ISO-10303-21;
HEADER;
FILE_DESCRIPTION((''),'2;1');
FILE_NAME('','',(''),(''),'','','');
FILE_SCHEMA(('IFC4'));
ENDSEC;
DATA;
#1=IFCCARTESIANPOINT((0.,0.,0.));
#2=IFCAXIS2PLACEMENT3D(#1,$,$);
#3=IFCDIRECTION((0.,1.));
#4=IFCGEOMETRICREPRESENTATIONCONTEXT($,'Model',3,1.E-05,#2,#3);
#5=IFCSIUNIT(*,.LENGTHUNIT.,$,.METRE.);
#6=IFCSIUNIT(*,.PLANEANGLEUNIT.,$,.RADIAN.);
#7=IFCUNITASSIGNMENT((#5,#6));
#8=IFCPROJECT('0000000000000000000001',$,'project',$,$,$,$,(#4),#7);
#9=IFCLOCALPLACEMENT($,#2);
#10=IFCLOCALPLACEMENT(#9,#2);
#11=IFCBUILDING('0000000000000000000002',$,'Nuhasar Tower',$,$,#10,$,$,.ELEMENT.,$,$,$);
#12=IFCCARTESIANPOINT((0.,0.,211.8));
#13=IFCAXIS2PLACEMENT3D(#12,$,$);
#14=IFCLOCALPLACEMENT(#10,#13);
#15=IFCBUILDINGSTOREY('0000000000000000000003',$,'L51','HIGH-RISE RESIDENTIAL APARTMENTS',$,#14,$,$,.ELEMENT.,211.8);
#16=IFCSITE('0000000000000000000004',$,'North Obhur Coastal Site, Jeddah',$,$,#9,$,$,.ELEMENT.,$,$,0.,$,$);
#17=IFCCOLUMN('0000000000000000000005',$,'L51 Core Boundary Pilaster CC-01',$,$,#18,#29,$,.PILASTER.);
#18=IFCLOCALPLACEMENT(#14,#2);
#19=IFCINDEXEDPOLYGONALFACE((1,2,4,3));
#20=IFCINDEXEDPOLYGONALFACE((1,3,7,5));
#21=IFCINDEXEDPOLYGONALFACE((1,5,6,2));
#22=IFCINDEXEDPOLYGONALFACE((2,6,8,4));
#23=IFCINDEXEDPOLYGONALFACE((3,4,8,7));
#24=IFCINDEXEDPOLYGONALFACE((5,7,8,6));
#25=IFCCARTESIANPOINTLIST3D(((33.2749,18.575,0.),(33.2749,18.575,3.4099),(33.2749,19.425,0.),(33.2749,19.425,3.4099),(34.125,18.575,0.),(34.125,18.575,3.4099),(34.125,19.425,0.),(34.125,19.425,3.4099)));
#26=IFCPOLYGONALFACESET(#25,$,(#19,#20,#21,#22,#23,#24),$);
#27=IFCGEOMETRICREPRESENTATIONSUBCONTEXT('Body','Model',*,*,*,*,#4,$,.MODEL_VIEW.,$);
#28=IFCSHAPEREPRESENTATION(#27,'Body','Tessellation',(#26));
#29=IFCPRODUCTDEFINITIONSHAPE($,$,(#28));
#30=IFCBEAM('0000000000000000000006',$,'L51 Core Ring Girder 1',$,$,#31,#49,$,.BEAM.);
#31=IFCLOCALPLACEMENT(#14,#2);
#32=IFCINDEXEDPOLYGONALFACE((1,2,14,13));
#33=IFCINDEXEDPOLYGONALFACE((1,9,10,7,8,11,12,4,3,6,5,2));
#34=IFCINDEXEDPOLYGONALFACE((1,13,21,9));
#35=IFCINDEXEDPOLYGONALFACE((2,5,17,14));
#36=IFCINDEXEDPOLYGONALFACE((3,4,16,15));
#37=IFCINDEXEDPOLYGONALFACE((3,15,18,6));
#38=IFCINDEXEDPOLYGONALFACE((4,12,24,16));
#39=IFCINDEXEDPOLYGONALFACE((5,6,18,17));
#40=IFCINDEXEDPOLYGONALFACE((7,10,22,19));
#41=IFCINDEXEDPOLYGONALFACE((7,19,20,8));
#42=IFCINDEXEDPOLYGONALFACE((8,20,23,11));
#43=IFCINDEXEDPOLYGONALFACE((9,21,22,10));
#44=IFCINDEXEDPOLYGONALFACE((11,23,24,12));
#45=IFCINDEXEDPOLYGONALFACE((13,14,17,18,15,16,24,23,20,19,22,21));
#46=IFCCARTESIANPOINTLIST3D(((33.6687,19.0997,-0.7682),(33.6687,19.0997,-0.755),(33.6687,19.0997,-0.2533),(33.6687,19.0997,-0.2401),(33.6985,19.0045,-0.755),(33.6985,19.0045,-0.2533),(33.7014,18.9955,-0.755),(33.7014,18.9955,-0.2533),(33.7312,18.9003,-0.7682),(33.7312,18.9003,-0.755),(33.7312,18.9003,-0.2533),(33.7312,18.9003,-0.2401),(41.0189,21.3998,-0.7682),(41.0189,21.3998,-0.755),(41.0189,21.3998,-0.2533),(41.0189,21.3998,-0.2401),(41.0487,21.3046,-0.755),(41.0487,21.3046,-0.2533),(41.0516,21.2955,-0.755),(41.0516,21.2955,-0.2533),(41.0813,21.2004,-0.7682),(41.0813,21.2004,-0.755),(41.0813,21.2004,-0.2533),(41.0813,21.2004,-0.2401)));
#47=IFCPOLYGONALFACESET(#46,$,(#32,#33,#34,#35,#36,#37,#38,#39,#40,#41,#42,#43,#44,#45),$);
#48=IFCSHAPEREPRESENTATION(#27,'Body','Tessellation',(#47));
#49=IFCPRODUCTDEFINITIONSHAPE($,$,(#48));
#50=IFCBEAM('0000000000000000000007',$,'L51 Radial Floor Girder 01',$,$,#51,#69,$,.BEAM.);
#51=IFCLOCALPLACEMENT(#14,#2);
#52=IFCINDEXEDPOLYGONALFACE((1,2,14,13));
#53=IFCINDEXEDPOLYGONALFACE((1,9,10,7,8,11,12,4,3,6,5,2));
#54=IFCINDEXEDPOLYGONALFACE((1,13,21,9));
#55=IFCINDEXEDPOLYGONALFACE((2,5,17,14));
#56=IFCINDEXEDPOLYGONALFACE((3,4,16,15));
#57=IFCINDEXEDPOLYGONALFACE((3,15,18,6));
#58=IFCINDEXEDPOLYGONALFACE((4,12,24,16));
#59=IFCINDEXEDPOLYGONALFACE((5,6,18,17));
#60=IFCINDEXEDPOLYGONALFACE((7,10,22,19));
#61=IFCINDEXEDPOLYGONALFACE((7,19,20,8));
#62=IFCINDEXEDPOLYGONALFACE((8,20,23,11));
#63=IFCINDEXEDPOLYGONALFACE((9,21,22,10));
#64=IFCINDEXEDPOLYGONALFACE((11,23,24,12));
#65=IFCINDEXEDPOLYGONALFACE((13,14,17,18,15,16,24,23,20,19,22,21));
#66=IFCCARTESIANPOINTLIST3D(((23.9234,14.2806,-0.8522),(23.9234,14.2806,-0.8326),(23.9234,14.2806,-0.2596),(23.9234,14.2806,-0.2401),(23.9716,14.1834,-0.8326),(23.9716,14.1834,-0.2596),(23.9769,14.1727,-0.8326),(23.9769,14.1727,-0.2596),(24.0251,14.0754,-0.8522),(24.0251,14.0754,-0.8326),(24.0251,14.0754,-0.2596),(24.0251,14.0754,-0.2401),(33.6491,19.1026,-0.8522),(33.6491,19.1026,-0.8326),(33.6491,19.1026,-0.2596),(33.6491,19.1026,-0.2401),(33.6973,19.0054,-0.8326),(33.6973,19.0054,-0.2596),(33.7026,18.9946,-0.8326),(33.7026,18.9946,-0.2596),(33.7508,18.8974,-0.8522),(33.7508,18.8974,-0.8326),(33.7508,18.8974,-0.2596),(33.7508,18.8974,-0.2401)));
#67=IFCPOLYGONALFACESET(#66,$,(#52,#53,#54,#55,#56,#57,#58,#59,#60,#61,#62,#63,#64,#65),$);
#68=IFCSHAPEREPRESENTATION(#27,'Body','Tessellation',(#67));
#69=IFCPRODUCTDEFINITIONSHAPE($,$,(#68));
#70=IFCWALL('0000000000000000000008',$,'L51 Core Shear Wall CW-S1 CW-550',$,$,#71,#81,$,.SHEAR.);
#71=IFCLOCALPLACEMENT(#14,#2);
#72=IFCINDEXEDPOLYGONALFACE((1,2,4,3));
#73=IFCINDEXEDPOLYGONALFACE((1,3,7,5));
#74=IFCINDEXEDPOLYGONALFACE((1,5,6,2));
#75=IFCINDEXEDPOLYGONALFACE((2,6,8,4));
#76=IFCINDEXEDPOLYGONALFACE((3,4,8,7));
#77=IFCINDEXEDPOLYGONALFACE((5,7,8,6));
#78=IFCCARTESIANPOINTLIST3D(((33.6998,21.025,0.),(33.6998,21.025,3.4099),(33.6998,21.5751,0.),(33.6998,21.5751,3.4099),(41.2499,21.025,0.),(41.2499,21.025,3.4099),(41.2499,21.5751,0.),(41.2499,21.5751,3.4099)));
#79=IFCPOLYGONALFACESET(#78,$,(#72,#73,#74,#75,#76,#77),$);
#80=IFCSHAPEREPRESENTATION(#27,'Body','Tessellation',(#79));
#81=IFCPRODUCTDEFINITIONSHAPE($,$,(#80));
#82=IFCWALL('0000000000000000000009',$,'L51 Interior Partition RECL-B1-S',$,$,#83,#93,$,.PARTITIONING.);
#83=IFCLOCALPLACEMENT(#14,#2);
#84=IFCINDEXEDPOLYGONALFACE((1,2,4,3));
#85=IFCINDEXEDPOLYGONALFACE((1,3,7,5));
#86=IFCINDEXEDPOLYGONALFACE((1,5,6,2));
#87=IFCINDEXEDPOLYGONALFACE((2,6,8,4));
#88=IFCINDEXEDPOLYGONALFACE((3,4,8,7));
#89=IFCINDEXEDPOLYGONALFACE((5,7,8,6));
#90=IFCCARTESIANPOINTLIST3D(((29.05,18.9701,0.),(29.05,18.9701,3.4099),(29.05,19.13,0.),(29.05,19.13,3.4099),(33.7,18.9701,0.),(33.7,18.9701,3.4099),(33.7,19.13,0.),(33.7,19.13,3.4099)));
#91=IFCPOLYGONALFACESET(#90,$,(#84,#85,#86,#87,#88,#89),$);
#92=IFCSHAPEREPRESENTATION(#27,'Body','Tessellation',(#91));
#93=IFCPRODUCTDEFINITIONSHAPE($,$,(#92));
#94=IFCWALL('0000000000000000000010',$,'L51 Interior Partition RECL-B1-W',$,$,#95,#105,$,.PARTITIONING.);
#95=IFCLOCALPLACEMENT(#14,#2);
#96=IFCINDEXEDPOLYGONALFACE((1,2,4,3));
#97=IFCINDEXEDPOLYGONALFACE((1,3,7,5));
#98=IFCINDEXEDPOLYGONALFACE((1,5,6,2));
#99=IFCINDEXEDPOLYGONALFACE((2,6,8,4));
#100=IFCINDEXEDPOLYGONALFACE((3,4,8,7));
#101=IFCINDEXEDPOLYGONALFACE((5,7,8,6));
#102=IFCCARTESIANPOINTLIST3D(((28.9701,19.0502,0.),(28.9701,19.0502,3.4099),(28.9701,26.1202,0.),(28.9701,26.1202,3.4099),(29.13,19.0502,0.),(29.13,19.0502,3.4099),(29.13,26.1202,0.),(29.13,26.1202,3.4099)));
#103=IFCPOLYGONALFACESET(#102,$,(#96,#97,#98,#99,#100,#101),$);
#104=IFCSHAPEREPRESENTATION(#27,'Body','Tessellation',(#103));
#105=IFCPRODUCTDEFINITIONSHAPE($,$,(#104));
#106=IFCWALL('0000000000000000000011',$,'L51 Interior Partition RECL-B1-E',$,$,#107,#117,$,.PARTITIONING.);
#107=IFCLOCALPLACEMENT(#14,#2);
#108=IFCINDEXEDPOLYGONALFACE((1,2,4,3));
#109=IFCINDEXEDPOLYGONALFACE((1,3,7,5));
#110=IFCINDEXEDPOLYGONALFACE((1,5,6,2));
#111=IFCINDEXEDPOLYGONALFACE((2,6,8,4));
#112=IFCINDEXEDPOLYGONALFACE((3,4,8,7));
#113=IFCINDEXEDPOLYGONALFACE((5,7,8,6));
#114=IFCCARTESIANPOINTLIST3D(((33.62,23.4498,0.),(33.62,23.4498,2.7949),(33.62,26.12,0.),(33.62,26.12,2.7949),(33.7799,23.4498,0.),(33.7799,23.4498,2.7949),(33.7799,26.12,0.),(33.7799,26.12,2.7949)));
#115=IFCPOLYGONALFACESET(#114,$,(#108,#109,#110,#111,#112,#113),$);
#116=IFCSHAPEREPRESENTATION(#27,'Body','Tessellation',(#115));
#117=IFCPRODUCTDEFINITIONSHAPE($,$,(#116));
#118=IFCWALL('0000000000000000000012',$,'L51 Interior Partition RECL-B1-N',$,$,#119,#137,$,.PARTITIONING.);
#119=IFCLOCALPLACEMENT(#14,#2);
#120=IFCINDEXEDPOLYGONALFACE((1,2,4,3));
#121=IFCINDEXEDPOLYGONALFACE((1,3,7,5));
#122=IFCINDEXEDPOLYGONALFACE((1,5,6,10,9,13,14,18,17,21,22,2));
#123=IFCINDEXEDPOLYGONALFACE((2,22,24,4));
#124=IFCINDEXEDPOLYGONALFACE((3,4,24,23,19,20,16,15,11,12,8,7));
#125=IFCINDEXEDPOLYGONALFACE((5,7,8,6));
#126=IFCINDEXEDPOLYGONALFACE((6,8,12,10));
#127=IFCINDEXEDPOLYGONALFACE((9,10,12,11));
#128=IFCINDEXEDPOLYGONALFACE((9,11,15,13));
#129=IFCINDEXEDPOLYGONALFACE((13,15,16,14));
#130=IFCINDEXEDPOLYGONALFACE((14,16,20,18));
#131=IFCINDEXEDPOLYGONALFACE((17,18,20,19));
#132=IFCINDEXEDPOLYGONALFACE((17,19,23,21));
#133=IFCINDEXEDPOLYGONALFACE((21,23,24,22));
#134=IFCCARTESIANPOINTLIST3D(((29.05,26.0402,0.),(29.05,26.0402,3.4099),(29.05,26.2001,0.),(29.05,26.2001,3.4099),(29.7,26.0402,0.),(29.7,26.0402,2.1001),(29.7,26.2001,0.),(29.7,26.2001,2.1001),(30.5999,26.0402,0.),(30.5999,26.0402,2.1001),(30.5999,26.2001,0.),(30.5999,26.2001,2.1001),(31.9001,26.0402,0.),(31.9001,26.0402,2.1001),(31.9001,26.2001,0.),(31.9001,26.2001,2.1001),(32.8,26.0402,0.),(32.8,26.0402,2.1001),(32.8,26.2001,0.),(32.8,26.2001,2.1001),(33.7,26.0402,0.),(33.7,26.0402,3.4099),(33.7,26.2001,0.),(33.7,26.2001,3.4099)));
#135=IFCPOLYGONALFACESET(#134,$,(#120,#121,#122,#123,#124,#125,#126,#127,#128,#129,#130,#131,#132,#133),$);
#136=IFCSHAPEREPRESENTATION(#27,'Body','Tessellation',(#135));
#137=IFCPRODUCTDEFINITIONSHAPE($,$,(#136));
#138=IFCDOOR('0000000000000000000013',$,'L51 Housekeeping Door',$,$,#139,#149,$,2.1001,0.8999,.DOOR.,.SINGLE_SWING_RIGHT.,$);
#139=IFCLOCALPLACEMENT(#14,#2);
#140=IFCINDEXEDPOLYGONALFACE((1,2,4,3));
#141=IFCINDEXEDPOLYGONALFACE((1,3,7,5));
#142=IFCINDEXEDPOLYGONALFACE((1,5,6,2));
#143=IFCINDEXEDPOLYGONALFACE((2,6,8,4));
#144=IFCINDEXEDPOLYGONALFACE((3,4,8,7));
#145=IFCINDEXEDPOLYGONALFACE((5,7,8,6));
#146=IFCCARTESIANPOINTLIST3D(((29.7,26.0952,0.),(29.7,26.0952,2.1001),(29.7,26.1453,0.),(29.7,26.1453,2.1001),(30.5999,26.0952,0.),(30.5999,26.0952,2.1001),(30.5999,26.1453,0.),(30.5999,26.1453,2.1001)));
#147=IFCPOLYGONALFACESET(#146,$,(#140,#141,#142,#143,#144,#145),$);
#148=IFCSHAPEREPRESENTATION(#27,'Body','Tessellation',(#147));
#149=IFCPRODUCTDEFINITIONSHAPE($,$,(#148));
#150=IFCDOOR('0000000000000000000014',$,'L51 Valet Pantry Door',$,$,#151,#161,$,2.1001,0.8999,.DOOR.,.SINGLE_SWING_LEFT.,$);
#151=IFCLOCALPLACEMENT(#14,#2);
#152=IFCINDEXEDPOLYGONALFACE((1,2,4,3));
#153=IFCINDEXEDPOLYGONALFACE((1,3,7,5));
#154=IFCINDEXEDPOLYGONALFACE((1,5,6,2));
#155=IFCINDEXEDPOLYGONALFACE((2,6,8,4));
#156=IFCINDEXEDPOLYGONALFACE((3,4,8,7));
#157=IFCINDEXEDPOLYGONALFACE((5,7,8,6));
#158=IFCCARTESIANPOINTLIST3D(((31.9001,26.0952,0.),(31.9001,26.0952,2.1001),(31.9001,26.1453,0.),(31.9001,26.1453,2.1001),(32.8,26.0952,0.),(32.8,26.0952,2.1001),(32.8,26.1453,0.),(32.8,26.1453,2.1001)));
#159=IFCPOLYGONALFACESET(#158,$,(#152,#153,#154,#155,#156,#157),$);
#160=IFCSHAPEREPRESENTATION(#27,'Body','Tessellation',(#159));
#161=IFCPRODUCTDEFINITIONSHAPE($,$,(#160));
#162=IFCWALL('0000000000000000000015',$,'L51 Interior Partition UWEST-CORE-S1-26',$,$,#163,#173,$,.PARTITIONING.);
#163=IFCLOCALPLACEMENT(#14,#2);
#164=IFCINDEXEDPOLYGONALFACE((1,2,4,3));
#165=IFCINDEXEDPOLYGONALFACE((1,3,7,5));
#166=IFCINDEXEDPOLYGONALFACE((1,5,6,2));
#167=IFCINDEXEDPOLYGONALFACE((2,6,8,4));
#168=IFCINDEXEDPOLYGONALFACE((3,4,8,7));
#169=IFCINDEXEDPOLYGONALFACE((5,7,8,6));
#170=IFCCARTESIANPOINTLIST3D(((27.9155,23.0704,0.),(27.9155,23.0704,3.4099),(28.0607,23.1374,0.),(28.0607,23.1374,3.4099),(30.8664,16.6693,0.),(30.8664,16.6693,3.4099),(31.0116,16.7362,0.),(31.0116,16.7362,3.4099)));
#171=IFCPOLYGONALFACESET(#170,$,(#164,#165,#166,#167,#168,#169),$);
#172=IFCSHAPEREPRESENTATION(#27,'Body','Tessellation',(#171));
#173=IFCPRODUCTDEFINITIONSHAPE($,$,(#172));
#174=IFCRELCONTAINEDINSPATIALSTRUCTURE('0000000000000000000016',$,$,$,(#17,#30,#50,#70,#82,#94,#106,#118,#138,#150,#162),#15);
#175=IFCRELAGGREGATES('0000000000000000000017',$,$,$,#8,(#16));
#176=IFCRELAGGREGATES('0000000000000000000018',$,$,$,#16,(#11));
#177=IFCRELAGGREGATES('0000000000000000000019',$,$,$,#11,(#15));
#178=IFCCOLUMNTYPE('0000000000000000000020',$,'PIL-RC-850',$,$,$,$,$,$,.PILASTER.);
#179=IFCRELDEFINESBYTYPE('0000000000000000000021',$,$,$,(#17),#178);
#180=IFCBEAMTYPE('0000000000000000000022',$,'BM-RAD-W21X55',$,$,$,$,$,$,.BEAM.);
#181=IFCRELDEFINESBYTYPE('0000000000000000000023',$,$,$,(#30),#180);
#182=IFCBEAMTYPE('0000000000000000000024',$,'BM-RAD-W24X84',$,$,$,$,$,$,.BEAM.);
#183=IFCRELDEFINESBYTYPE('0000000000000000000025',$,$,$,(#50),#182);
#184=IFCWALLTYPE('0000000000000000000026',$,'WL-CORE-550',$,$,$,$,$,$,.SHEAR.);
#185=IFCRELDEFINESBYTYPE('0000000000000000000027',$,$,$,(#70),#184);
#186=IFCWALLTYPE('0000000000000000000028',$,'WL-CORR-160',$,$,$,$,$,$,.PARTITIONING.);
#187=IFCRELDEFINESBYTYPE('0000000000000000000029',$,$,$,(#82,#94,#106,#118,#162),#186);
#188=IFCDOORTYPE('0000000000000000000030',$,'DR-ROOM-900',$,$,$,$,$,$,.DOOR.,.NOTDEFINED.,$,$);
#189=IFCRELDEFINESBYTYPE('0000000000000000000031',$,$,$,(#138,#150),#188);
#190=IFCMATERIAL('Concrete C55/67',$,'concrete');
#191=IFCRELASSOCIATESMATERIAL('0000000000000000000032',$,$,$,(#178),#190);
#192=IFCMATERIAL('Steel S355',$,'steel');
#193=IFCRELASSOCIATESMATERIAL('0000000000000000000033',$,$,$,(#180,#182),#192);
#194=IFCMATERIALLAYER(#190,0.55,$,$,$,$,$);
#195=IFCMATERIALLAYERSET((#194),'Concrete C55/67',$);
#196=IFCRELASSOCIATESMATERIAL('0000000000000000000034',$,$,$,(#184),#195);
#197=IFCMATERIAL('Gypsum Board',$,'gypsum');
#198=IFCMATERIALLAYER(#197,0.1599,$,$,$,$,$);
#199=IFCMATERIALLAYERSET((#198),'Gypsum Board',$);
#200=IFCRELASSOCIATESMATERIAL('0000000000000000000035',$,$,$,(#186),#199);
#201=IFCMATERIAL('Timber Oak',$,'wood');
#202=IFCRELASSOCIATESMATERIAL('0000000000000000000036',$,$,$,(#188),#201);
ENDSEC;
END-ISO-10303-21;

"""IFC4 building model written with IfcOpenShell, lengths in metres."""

from ifc_helpers import new_model, si_unit, direction, frame, frame_2d, origin, origin_2d, place, context, subcontext, project, spatial, rectangle, i_section, extrude, material, layer, layer_set, material_profile, profile_set, type_object, element, fill, save


model = new_model("IFC4")

# Units and contexts
model_context = context("Model", 3, precision=1e-05, world=origin(), true_north=direction((0.0, 1.0)))
body_context = subcontext(model_context, "Body", "Model", "MODEL_VIEW")
ifc_project = project(units=[si_unit("LENGTHUNIT", "METRE"), si_unit("PLANEANGLEUNIT", "RADIAN")], contexts=[model_context])

# Site, building, storey
site_placement = place(None, origin())
site = spatial("IfcSite", under=ifc_project, at=site_placement, Name="North Obhur Coastal Site, Jeddah", CompositionType="ELEMENT", RefElevation=0.0)
building_placement = place(site_placement, origin())
building = spatial("IfcBuilding", under=site, at=building_placement, Name="Nuhasar Tower", CompositionType="ELEMENT")
storey_placement = place(building_placement, frame((0.0, 0.0, 211.8)))
storey = spatial("IfcBuildingStorey", under=building, at=storey_placement, Name="L51", Description="HIGH-RISE RESIDENTIAL APARTMENTS", CompositionType="ELEMENT", Elevation=211.8)

# Column
ifc_material_1 = material(Name="Concrete C55/67", Category="concrete")
ifc_material_profile_1 = material_profile(ifc_material_1, rectangle(XDim=0.8501, YDim=0.8501, at=origin_2d()), Name="RC850X850")
ifc_profile_set_1 = profile_set([ifc_material_profile_1], Name="Concrete C55/67")
column_type = type_object("IfcColumnType", Name="PIL-RC-850", PredefinedType="PILASTER", material=ifc_profile_set_1)
column_placement = place(storey_placement, frame((33.7, 19.0, 0.0), z_axis=(0.0, 0.0, 1.0), x_axis=(1.0, 0.0, 0.0)))
element("IfcColumn", 1, at=column_placement, inside=storey, type_object=column_type, Name="L51 Core Boundary Pilaster CC-01", PredefinedType="PILASTER", context=body_context, shape_type="SweptSolid", body=[
    extrude(rectangle(XDim=0.8501, YDim=0.8501, at=origin_2d()), origin(), (0.0, 0.0, 1.0), 3.4099),
])

# Beams
ifc_material_2 = material(Name="Steel S355", Category="steel")
ifc_material_profile_2 = material_profile(ifc_material_2, i_section(OverallWidth=0.209, OverallDepth=0.5281, WebThickness=0.0095, FlangeThickness=0.0132, at=origin_2d()), Name="W21X55")
ifc_profile_set_2 = profile_set([ifc_material_profile_2], Name="Steel S355")
beam_type_1 = type_object("IfcBeamType", Name="BM-RAD-W21X55", PredefinedType="BEAM", material=ifc_profile_set_2)
beam_1_placement = place(storey_placement, frame((33.7, 19.0, -0.5042), z_axis=(0.954364, 0.298647, 0.0), x_axis=(-0.298647, 0.954364, 0.0)))
element("IfcBeam", 2, at=beam_1_placement, inside=storey, type_object=beam_type_1, Name="L51 Core Ring Girder 1", PredefinedType="BEAM", context=body_context, shape_type="SweptSolid", body=[
    extrude(i_section(OverallWidth=0.209, OverallDepth=0.5281, WebThickness=0.0095, FlangeThickness=0.0132, at=origin_2d()), origin(), (0.0, 0.0, 1.0), 7.7017),
])
ifc_material_profile_3 = material_profile(ifc_material_2, i_section(OverallWidth=0.229, OverallDepth=0.6121, WebThickness=0.012, FlangeThickness=0.0195, at=origin_2d()), Name="W24X84")
ifc_profile_set_3 = profile_set([ifc_material_profile_3], Name="Steel S355")
beam_type_2 = type_object("IfcBeamType", Name="BM-RAD-W24X84", PredefinedType="BEAM", material=ifc_profile_set_3)
beam_2_placement = place(storey_placement, frame((33.7, 19.0, -0.5461), z_axis=(-0.895929, -0.444197, 0.0), x_axis=(0.444197, -0.895929, 0.0)))
element("IfcBeam", 3, at=beam_2_placement, inside=storey, type_object=beam_type_2, Name="L51 Radial Floor Girder 01", PredefinedType="BEAM", context=body_context, shape_type="SweptSolid", body=[
    extrude(i_section(OverallWidth=0.229, OverallDepth=0.6121, WebThickness=0.012, FlangeThickness=0.0195, at=origin_2d()), origin(), (0.0, 0.0, 1.0), 10.8555),
])

# Walls
ifc_layer_1 = layer(ifc_material_1, 0.55)
ifc_layer_set_1 = layer_set([ifc_layer_1], Name="Concrete C55/67")
wall_type_1 = type_object("IfcWallType", Name="WL-CORE-550", PredefinedType="SHEAR", material=ifc_layer_set_1)
wall_1_placement = place(storey_placement, frame((33.7, 21.3, 0.0), z_axis=(0.0, 0.0, 1.0), x_axis=(1.0, 0.0, 0.0)))
element("IfcWall", 4, at=wall_1_placement, inside=storey, type_object=wall_type_1, Name="L51 Core Shear Wall CW-S1 CW-550", PredefinedType="SHEAR", context=body_context, shape_type="SweptSolid", body=[
    extrude(rectangle(XDim=7.55, YDim=0.55, at=frame_2d((3.7749, 0.0))), origin(), (0.0, 0.0, 1.0), 3.4099),
])
ifc_material_3 = material(Name="Gypsum Board", Category="gypsum")
ifc_layer_2 = layer(ifc_material_3, 0.1599)
ifc_layer_set_2 = layer_set([ifc_layer_2], Name="Gypsum Board")
wall_type_2 = type_object("IfcWallType", Name="WL-CORR-160", PredefinedType="PARTITIONING", material=ifc_layer_set_2)
wall_2_placement = place(storey_placement, frame((29.05, 19.05, 0.0), z_axis=(0.0, 0.0, 1.0), x_axis=(1.0, 0.0, 0.0)))
element("IfcWall", 5, at=wall_2_placement, inside=storey, type_object=wall_type_2, Name="L51 Interior Partition RECL-B1-S", PredefinedType="PARTITIONING", context=body_context, shape_type="SweptSolid", body=[
    extrude(rectangle(XDim=4.6499, YDim=0.1599, at=frame_2d((2.325, 0.0))), origin(), (0.0, 0.0, 1.0), 3.4099),
])
wall_3_placement = place(storey_placement, frame((29.05, 19.05, 0.0), z_axis=(0.0, 0.0, 1.0), x_axis=(0.0, 1.0, 0.0)))
element("IfcWall", 6, at=wall_3_placement, inside=storey, type_object=wall_type_2, Name="L51 Interior Partition RECL-B1-W", PredefinedType="PARTITIONING", context=body_context, shape_type="SweptSolid", body=[
    extrude(rectangle(XDim=7.0701, YDim=0.1599, at=frame_2d((3.5352, 0.0))), origin(), (0.0, 0.0, 1.0), 3.4099),
])
wall_4_placement = place(storey_placement, frame((33.7, 23.45, 0.0), z_axis=(0.0, 0.0, 1.0), x_axis=(0.0, 1.0, 0.0)))
element("IfcWall", 7, at=wall_4_placement, inside=storey, type_object=wall_type_2, Name="L51 Interior Partition RECL-B1-E", PredefinedType="PARTITIONING", context=body_context, shape_type="SweptSolid", body=[
    extrude(rectangle(XDim=2.6702, YDim=0.1599, at=frame_2d((1.335, 0.0))), origin(), (0.0, 0.0, 1.0), 2.7949),
])

# Wall, openings, doors
wall_5_placement = place(storey_placement, frame((33.7, 26.1201, 0.0), z_axis=(0.0, 0.0, 1.0), x_axis=(-1.0, 0.0, 0.0)))
wall_5 = element("IfcWall", 8, at=wall_5_placement, inside=storey, type_object=wall_type_2, Name="L51 Interior Partition RECL-B1-N", PredefinedType="PARTITIONING", context=body_context, shape_type="SweptSolid", body=[
    extrude(rectangle(XDim=4.6499, YDim=0.1599, at=frame_2d((2.325, 0.0))), origin(), (0.0, 0.0, 1.0), 3.4099),
])
opening_1_placement = place(wall_5_placement, frame((3.1001, 0.0, 0.0)))
opening_1 = element("IfcOpeningElement", 9, at=opening_1_placement, cuts=wall_5, PredefinedType="OPENING", context=body_context, shape_type="SweptSolid", body=[
    extrude(rectangle(XDim=0.8999, YDim=2.1001, at=frame_2d((0.45, 1.05))), frame((0.0, 0.0898, 0.0), z_axis=(0.0, -1.0, 0.0), x_axis=(1.0, 0.0, 0.0)), (0.0, 0.0, 1.0), 0.1799),
])
opening_2_placement = place(wall_5_placement, frame((0.8999, 0.0, 0.0)))
opening_2 = element("IfcOpeningElement", 10, at=opening_2_placement, cuts=wall_5, PredefinedType="OPENING", context=body_context, shape_type="SweptSolid", body=[
    extrude(rectangle(XDim=0.8999, YDim=2.1001, at=frame_2d((0.45, 1.05))), frame((0.0, 0.0898, 0.0), z_axis=(0.0, -1.0, 0.0), x_axis=(1.0, 0.0, 0.0)), (0.0, 0.0, 1.0), 0.1799),
])
ifc_material_4 = material(Name="Timber Oak", Category="wood")
door_type_1 = type_object("IfcDoorType", Name="DR-ROOM-900", OperationType="NOTDEFINED", PredefinedType="DOOR", material=ifc_material_4)
door_1_placement = place(opening_1_placement, origin())
door_1 = element("IfcDoor", 11, at=door_1_placement, inside=storey, type_object=door_type_1, Name="L51 Housekeeping Door", OperationType="SINGLE_SWING_RIGHT", OverallHeight=2.1001, OverallWidth=0.8999, PredefinedType="DOOR", context=body_context, shape_type="SweptSolid", body=[
    extrude(rectangle(XDim=0.8999, YDim=2.1001, at=frame_2d((0.45, 1.05))), frame((0.0, 0.0249, 0.0), z_axis=(0.0, -1.0, 0.0), x_axis=(1.0, 0.0, 0.0)), (0.0, 0.0, 1.0), 0.05),
])
fill(opening_1, door_1)
door_2_placement = place(opening_2_placement, origin())
door_2 = element("IfcDoor", 12, at=door_2_placement, inside=storey, type_object=door_type_1, Name="L51 Valet Pantry Door", OperationType="SINGLE_SWING_LEFT", OverallHeight=2.1001, OverallWidth=0.8999, PredefinedType="DOOR", context=body_context, shape_type="SweptSolid", body=[
    extrude(rectangle(XDim=0.8999, YDim=2.1001, at=frame_2d((0.45, 1.05))), frame((0.0, 0.0249, 0.0), z_axis=(0.0, -1.0, 0.0), x_axis=(1.0, 0.0, 0.0)), (0.0, 0.0, 1.0), 0.05),
])
fill(opening_2, door_2)

# Wall
wall_6_placement = place(storey_placement, frame((27.988, 23.104, 0.0), z_axis=(0.0, 0.0, 1.0), x_axis=(0.418656, -0.908145, 0.0)))
element("IfcWall", 13, at=wall_6_placement, inside=storey, type_object=wall_type_2, Name="L51 Interior Partition UWEST-CORE-S1-26", PredefinedType="PARTITIONING", context=body_context, shape_type="SweptSolid", body=[
    extrude(rectangle(XDim=7.0486, YDim=0.1599, at=frame_2d((3.5244, 0.0))), origin(), (0.0, 0.0, 1.0), 3.4099),
])

save(model, "model.ifc")
